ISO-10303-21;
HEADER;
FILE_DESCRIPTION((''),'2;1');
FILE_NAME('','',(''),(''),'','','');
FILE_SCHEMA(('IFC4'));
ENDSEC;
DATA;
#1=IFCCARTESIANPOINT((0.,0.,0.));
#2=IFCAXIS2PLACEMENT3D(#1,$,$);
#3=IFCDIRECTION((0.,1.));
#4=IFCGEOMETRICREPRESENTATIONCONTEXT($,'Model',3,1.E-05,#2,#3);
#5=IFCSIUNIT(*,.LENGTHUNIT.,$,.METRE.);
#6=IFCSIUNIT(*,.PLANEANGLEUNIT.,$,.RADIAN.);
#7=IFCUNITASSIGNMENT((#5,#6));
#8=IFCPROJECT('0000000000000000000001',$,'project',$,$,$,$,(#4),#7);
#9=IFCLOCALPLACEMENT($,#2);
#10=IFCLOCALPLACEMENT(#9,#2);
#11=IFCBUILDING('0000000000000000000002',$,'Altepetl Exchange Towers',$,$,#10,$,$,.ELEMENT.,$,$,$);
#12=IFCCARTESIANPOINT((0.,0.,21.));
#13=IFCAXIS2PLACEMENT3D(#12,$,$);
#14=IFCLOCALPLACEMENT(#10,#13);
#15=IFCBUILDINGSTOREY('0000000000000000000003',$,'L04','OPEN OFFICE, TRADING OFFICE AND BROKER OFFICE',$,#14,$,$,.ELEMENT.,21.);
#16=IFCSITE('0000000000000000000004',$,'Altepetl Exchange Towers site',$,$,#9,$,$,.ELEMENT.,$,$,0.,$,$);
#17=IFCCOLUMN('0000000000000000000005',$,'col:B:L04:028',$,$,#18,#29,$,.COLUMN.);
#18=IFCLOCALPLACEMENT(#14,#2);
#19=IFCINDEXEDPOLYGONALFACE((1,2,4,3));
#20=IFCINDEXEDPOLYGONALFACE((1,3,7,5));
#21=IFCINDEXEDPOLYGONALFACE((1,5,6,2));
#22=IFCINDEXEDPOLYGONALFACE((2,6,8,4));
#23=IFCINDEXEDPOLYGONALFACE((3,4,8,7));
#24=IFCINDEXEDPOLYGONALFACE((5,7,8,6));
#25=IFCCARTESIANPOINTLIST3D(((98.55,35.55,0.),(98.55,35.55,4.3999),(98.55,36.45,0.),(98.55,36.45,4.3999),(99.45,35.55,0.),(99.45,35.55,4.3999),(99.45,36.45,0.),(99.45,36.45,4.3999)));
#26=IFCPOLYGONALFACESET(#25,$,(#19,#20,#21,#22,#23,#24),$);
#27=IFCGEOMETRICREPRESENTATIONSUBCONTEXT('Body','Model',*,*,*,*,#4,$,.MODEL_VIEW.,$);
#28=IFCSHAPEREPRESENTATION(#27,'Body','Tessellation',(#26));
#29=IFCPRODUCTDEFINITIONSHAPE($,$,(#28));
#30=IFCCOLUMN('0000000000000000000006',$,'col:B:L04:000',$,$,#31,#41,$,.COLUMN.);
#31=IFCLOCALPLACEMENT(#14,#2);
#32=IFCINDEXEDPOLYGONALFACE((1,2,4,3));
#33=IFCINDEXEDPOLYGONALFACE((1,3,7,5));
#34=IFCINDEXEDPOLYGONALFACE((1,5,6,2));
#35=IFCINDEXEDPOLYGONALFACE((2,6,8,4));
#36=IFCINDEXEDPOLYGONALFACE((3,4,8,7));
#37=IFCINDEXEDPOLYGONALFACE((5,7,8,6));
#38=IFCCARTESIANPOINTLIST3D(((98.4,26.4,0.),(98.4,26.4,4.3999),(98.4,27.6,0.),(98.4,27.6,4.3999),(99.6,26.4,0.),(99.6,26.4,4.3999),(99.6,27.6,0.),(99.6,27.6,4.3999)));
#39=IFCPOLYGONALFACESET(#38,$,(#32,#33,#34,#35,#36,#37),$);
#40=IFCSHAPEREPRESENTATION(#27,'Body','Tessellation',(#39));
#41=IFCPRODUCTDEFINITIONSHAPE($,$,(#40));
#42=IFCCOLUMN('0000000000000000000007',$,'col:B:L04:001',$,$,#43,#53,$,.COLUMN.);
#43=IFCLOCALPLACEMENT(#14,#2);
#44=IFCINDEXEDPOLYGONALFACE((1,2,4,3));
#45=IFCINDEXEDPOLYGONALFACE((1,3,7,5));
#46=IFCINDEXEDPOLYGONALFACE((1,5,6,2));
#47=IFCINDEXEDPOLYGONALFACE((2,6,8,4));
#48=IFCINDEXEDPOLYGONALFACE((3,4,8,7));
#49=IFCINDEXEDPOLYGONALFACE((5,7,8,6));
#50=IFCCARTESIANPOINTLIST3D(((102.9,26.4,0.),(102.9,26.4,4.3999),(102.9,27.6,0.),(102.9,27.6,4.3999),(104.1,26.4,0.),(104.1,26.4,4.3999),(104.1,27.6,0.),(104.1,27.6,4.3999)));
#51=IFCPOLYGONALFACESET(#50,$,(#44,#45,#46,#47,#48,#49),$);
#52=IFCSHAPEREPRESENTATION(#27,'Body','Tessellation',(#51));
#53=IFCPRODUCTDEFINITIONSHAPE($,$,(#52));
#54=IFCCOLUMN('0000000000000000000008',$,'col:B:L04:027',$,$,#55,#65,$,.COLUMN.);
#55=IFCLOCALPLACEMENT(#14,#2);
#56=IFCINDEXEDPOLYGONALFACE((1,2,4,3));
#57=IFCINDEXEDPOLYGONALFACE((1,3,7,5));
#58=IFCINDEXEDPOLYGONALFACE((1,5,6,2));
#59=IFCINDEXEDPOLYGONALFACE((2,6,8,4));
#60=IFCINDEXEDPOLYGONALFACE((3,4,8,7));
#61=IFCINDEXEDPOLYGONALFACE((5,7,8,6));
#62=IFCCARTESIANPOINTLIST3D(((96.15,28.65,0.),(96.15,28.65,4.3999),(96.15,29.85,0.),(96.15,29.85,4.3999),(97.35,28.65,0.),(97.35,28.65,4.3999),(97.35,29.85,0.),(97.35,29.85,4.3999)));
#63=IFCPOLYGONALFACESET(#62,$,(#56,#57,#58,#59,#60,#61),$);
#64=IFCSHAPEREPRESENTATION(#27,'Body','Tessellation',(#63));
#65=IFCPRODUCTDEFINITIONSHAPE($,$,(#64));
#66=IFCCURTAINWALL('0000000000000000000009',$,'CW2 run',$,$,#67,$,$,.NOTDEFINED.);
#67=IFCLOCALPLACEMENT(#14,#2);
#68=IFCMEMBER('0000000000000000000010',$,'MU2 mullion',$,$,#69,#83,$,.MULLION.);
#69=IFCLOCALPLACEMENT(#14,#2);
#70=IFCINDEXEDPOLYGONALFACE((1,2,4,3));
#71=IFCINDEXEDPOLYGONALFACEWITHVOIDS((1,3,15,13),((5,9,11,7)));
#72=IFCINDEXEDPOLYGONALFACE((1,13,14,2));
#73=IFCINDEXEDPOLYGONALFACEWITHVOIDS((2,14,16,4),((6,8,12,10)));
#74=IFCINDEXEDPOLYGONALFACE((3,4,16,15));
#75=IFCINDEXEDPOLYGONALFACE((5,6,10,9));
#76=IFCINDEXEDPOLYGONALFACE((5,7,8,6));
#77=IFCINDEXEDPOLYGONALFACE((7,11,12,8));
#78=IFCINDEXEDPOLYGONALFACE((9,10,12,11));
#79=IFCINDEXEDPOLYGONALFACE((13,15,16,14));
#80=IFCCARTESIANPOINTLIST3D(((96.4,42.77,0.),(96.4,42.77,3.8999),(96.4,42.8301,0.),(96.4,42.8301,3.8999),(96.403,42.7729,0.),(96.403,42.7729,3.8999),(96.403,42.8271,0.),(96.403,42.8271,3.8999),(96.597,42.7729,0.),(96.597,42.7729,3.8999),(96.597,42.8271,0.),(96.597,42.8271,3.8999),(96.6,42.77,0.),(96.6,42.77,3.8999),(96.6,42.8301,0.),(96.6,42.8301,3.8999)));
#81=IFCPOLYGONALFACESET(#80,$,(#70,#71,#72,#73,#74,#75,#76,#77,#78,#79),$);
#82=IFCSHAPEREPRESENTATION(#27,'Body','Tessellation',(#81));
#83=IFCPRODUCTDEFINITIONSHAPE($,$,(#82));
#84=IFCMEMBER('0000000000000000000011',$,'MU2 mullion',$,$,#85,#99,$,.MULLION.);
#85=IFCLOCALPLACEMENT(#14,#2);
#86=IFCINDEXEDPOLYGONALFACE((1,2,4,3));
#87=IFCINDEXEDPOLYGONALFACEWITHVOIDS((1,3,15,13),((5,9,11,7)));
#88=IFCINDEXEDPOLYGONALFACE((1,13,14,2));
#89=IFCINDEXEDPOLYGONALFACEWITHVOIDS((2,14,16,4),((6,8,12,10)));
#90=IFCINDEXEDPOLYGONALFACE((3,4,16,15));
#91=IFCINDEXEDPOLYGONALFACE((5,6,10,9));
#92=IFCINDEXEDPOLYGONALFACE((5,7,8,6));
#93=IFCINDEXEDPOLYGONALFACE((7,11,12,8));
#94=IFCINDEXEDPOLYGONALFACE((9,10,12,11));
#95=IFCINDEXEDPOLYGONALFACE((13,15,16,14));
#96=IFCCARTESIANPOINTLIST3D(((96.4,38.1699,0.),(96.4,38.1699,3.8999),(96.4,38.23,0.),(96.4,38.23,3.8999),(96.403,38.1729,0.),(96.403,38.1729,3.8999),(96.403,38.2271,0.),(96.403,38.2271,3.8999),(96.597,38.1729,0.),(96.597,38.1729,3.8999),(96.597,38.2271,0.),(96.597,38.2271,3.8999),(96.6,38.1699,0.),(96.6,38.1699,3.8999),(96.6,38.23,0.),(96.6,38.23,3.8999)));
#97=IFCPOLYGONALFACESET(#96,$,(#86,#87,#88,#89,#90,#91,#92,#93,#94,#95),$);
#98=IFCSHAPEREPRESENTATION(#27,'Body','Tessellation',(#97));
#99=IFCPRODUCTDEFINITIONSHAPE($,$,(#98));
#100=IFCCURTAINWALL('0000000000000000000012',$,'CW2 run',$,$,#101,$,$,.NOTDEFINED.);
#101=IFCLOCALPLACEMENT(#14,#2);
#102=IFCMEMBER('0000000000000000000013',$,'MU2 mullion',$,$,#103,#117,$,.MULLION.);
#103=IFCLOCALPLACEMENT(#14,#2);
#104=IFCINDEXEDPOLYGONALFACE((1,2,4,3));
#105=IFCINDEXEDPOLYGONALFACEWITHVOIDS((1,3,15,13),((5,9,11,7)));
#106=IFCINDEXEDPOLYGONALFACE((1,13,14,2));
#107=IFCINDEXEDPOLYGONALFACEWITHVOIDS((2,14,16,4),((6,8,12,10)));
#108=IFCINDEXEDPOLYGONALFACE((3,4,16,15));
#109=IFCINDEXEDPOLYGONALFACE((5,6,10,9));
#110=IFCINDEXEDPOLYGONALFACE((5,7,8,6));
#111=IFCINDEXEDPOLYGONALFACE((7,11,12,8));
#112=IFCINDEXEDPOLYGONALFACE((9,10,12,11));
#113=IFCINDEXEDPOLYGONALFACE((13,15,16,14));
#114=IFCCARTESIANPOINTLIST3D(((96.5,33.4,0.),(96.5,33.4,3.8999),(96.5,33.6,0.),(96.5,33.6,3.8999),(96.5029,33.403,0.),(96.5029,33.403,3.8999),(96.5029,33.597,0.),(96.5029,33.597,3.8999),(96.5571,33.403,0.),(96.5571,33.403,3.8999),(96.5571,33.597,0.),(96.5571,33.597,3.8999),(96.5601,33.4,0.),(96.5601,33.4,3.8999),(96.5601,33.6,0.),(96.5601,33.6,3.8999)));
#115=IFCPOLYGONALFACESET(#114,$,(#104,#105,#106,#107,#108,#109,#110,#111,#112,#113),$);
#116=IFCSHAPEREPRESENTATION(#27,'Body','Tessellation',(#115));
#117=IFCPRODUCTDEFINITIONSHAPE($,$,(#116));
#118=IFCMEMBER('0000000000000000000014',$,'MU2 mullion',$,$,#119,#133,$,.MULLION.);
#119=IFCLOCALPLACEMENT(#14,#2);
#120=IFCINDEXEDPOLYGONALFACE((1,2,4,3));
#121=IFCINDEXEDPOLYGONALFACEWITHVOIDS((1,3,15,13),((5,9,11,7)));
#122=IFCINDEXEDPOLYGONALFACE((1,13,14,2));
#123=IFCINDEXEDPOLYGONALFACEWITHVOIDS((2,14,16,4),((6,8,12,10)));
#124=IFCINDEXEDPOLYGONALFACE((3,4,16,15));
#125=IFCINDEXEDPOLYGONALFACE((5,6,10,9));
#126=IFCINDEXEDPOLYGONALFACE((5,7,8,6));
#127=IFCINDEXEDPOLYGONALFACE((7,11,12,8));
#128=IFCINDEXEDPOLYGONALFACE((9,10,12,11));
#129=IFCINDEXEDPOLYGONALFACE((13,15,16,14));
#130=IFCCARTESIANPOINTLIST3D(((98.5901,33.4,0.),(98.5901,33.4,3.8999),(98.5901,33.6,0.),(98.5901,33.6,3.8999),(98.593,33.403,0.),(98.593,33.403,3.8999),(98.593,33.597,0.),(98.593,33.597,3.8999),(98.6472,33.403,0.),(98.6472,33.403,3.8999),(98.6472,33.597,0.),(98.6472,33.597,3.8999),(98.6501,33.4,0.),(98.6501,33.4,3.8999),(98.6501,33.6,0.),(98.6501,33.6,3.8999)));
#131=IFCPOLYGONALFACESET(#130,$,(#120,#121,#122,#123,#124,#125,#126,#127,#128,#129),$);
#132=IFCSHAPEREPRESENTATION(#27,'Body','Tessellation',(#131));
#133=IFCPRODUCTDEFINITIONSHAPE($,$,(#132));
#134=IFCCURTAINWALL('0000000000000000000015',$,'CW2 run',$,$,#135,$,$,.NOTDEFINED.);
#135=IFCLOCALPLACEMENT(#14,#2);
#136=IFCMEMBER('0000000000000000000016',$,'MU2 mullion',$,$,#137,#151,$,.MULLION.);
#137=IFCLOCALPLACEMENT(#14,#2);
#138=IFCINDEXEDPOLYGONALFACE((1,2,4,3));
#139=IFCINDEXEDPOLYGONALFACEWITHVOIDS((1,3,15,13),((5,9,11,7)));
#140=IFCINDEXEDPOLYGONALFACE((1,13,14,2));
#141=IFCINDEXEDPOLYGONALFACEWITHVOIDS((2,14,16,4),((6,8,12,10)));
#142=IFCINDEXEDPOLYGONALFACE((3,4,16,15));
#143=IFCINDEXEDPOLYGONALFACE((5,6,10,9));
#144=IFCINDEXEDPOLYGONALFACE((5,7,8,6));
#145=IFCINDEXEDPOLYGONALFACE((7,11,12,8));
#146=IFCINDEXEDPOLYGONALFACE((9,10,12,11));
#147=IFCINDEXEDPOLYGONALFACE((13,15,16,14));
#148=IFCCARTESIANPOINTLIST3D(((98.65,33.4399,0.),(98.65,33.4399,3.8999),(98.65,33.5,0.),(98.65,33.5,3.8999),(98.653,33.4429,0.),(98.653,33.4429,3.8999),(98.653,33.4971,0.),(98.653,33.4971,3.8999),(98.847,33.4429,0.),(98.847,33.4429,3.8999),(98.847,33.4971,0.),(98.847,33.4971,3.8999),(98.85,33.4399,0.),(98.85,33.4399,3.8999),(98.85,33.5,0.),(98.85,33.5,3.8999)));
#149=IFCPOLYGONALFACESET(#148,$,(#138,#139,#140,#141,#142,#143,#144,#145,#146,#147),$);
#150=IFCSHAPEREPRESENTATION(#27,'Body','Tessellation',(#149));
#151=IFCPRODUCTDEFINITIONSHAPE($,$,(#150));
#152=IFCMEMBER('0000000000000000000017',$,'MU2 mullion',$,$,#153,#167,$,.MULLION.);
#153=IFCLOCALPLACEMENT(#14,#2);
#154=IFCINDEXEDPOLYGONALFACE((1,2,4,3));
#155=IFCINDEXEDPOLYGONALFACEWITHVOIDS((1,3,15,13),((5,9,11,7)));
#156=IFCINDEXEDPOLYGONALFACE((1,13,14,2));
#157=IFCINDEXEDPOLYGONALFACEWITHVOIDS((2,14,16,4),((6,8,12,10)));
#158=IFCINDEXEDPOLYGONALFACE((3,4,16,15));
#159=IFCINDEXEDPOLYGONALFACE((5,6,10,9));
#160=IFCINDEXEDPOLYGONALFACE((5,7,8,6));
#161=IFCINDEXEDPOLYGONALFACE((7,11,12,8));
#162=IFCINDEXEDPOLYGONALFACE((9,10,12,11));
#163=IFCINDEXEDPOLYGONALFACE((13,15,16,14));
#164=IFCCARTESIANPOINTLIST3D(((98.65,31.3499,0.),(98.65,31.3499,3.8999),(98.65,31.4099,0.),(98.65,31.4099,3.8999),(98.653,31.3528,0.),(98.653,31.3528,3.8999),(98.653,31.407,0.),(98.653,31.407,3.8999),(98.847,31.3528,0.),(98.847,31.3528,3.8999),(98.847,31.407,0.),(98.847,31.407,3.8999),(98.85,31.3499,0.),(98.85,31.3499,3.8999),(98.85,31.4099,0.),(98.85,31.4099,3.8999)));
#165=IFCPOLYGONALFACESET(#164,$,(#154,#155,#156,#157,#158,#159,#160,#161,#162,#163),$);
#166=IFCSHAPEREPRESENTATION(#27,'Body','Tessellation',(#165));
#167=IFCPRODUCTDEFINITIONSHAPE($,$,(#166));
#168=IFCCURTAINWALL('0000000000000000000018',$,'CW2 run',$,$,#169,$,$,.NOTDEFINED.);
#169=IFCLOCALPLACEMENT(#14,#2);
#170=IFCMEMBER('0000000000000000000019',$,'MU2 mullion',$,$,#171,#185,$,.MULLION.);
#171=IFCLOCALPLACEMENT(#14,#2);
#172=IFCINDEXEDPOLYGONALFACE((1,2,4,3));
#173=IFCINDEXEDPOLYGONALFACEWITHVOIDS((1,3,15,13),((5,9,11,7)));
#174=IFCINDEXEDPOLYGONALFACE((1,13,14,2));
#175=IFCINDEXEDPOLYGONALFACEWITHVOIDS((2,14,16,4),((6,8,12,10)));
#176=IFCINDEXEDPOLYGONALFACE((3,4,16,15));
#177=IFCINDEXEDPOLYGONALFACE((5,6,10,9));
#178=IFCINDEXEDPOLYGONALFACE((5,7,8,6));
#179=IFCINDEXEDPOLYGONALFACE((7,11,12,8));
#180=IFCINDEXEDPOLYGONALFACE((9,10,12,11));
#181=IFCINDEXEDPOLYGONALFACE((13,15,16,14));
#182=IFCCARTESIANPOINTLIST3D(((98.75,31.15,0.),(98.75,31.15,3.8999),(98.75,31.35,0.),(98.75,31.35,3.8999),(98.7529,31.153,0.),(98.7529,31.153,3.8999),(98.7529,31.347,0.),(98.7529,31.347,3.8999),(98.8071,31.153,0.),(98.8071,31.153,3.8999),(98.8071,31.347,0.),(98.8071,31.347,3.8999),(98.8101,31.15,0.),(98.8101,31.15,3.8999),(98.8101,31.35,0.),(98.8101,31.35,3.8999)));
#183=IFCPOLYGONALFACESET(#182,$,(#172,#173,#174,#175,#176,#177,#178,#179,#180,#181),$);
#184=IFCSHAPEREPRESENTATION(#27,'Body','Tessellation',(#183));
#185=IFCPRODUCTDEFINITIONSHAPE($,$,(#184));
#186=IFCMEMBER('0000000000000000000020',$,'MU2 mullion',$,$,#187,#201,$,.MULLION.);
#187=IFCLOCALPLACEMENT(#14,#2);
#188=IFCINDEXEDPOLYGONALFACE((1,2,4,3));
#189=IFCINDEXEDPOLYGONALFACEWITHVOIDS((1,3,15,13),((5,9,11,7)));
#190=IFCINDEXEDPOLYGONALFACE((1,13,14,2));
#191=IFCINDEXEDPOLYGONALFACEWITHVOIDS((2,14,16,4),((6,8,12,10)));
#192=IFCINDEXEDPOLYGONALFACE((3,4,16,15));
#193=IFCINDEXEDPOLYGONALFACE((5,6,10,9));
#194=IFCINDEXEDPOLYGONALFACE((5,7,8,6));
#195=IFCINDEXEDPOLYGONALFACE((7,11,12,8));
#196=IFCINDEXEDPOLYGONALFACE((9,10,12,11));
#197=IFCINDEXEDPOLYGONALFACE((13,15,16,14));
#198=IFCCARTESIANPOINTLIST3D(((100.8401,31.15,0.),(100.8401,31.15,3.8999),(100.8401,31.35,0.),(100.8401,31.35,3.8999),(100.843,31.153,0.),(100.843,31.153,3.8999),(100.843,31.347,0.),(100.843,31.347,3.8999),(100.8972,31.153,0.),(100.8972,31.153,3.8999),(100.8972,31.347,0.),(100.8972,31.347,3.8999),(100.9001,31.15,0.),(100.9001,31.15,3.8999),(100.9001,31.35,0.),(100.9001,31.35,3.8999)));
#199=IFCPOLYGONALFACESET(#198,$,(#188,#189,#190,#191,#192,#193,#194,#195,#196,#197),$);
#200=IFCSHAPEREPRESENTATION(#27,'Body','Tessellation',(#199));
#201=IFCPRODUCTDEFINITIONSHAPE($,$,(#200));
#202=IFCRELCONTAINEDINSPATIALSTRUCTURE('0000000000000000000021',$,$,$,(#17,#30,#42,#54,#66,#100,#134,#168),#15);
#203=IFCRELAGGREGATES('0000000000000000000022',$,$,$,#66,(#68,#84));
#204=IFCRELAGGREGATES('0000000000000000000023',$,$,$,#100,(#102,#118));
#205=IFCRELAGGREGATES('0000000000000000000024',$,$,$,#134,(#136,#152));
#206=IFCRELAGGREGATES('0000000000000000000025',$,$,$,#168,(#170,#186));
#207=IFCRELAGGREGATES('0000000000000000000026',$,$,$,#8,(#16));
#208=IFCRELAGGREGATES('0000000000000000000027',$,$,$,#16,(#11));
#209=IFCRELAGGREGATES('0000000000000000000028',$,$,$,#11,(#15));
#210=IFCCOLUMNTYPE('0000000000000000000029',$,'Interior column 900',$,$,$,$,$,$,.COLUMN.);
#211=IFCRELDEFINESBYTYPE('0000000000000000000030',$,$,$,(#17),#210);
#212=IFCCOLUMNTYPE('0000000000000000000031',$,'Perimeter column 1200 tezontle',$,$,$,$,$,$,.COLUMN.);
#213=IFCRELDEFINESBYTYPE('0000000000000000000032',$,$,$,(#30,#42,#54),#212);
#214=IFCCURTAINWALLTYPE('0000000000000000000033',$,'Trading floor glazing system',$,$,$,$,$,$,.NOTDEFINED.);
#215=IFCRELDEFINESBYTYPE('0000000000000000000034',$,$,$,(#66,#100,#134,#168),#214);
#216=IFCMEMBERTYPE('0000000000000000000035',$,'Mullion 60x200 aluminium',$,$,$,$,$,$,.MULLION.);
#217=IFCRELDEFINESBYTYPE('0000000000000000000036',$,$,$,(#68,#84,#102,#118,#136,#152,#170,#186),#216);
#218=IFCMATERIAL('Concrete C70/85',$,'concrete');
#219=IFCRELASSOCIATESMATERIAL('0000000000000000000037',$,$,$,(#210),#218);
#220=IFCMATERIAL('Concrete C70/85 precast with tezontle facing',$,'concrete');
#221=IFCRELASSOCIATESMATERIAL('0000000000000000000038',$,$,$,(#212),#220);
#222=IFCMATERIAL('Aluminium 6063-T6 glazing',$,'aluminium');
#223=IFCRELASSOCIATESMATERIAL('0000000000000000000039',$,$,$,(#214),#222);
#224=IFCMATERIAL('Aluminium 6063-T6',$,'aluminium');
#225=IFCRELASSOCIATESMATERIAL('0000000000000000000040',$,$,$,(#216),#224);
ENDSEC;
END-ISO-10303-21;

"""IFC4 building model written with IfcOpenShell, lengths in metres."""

from ifc_helpers import new_model, si_unit, direction, frame, origin, origin_2d, place, context, subcontext, project, spatial, rectangle, hollow_rectangle, extrude, material, material_profile, profile_set, type_object, element, aggregate, save


model = new_model("IFC4")

# Units and contexts
model_context = context("Model", 3, precision=1e-05, world=origin(), true_north=direction((0.0, 1.0)))
body_context = subcontext(model_context, "Body", "Model", "MODEL_VIEW")
ifc_project = project(units=[si_unit("LENGTHUNIT", "METRE"), si_unit("PLANEANGLEUNIT", "RADIAN")], contexts=[model_context])

# Site, building, storey
site_placement = place(None, origin())
site = spatial("IfcSite", under=ifc_project, at=site_placement, Name="Altepetl Exchange Towers site", CompositionType="ELEMENT", RefElevation=0.0)
building_placement = place(site_placement, origin())
building = spatial("IfcBuilding", under=site, at=building_placement, Name="Altepetl Exchange Towers", CompositionType="ELEMENT")
storey_placement = place(building_placement, frame((0.0, 0.0, 21.0)))
storey = spatial("IfcBuildingStorey", under=building, at=storey_placement, Name="L04", Description="OPEN OFFICE, TRADING OFFICE AND BROKER OFFICE", CompositionType="ELEMENT", Elevation=21.0)

# Columns
ifc_material_1 = material(Name="Concrete C70/85", Category="concrete")
ifc_material_profile_1 = material_profile(ifc_material_1, rectangle(XDim=0.8999, YDim=0.8999, at=origin_2d()), Name="900 x 900")
ifc_profile_set_1 = profile_set([ifc_material_profile_1], Name="Concrete C70/85")
column_type_1 = type_object("IfcColumnType", Name="Interior column 900", PredefinedType="COLUMN", material=ifc_profile_set_1)
column_placement = place(storey_placement, frame((99.0, 36.0, 0.0)))
element("IfcColumn", 1, at=column_placement, inside=storey, type_object=column_type_1, Name="col:B:L04:028", PredefinedType="COLUMN", context=body_context, shape_type="SweptSolid", body=[
    extrude(rectangle(XDim=0.8999, YDim=0.8999, at=origin_2d()), origin(), (0.0, 0.0, 1.0), 4.3999),
])
ifc_material_2 = material(Name="Concrete C70/85 precast with tezontle facing", Category="concrete")
ifc_material_profile_2 = material_profile(ifc_material_2, rectangle(XDim=1.2, YDim=1.2, at=origin_2d()), Name="1200 x 1200")
ifc_profile_set_2 = profile_set([ifc_material_profile_2], Name="Concrete C70/85 precast with tezontle facing")
column_type_2 = type_object("IfcColumnType", Name="Perimeter column 1200 tezontle", PredefinedType="COLUMN", material=ifc_profile_set_2)
for number, where, name in (
    (2, (99.0, 27.0, 0.0), "col:B:L04:000"),
    (3, (103.5, 27.0, 0.0), "col:B:L04:001"),
    (4, (96.75, 29.25, 0.0), "col:B:L04:027"),
):
    element("IfcColumn", number, at=place(storey_placement, frame(where)), inside=storey, type_object=column_type_2, Name=name, PredefinedType="COLUMN", context=body_context, shape_type="SweptSolid", body=[
        extrude(rectangle(XDim=1.2, YDim=1.2, at=origin_2d()), origin(), (0.0, 0.0, 1.0), 4.3999),
    ])

# Curtain walls, members
ifc_material_3 = material(Name="Aluminium 6063-T6 glazing", Category="aluminium")
curtain_wall_type = type_object("IfcCurtainWallType", Name="Trading floor glazing system", PredefinedType="NOTDEFINED", material=ifc_material_3)
curtain_wall_1_placement = place(storey_placement, origin())
curtain_wall_1 = element("IfcCurtainWall", 5, at=curtain_wall_1_placement, inside=storey, type_object=curtain_wall_type, Name="CW2 run", PredefinedType="NOTDEFINED")
ifc_material_4 = material(Name="Aluminium 6063-T6", Category="aluminium")
ifc_material_profile_3 = material_profile(ifc_material_4, hollow_rectangle(XDim=0.0601, YDim=0.2, WallThickness=0.0029, at=origin_2d()), Name="Mullion 60x200 aluminium")
ifc_profile_set_3 = profile_set([ifc_material_profile_3], Name="Aluminium 6063-T6")
member_type = type_object("IfcMemberType", Name="Mullion 60x200 aluminium", PredefinedType="MULLION", material=ifc_profile_set_3)
member_1_placement = place(storey_placement, frame((96.5, 42.8, 0.0), z_axis=(0.0, 0.0, 1.0), x_axis=(0.0, -1.0, 0.0)))
member_1 = element("IfcMember", 6, at=member_1_placement, type_object=member_type, Name="MU2 mullion", PredefinedType="MULLION", context=body_context, shape_type="SweptSolid", body=[
    extrude(hollow_rectangle(XDim=0.0601, YDim=0.2, WallThickness=0.0029, at=origin_2d()), origin(), (0.0, 0.0, 1.0), 3.8999),
])
member_2_placement = place(storey_placement, frame((96.5, 38.2, 0.0), z_axis=(0.0, 0.0, 1.0), x_axis=(0.0, -1.0, 0.0)))
member_2 = element("IfcMember", 7, at=member_2_placement, type_object=member_type, Name="MU2 mullion", PredefinedType="MULLION", context=body_context, shape_type="SweptSolid", body=[
    extrude(hollow_rectangle(XDim=0.0601, YDim=0.2, WallThickness=0.0029, at=origin_2d()), origin(), (0.0, 0.0, 1.0), 3.8999),
])
curtain_wall_2_placement = place(storey_placement, origin())
curtain_wall_2 = element("IfcCurtainWall", 8, at=curtain_wall_2_placement, inside=storey, type_object=curtain_wall_type, Name="CW2 run", PredefinedType="NOTDEFINED")
member_3_placement = place(storey_placement, frame((96.53, 33.5, 0.0)))
member_3 = element("IfcMember", 9, at=member_3_placement, type_object=member_type, Name="MU2 mullion", PredefinedType="MULLION", context=body_context, shape_type="SweptSolid", body=[
    extrude(hollow_rectangle(XDim=0.0601, YDim=0.2, WallThickness=0.0029, at=origin_2d()), origin(), (0.0, 0.0, 1.0), 3.8999),
])
member_4_placement = place(storey_placement, frame((98.6201, 33.5, 0.0)))
member_4 = element("IfcMember", 10, at=member_4_placement, type_object=member_type, Name="MU2 mullion", PredefinedType="MULLION", context=body_context, shape_type="SweptSolid", body=[
    extrude(hollow_rectangle(XDim=0.0601, YDim=0.2, WallThickness=0.0029, at=origin_2d()), origin(), (0.0, 0.0, 1.0), 3.8999),
])
curtain_wall_3_placement = place(storey_placement, origin())
curtain_wall_3 = element("IfcCurtainWall", 11, at=curtain_wall_3_placement, inside=storey, type_object=curtain_wall_type, Name="CW2 run", PredefinedType="NOTDEFINED")
member_5_placement = place(storey_placement, frame((98.75, 33.47, 0.0), z_axis=(0.0, 0.0, 1.0), x_axis=(0.0, -1.0, 0.0)))
member_5 = element("IfcMember", 12, at=member_5_placement, type_object=member_type, Name="MU2 mullion", PredefinedType="MULLION", context=body_context, shape_type="SweptSolid", body=[
    extrude(hollow_rectangle(XDim=0.0601, YDim=0.2, WallThickness=0.0029, at=origin_2d()), origin(), (0.0, 0.0, 1.0), 3.8999),
])
member_6_placement = place(storey_placement, frame((98.75, 31.3799, 0.0), z_axis=(0.0, 0.0, 1.0), x_axis=(0.0, -1.0, 0.0)))
member_6 = element("IfcMember", 13, at=member_6_placement, type_object=member_type, Name="MU2 mullion", PredefinedType="MULLION", context=body_context, shape_type="SweptSolid", body=[
    extrude(hollow_rectangle(XDim=0.0601, YDim=0.2, WallThickness=0.0029, at=origin_2d()), origin(), (0.0, 0.0, 1.0), 3.8999),
])
curtain_wall_4_placement = place(storey_placement, origin())
curtain_wall_4 = element("IfcCurtainWall", 14, at=curtain_wall_4_placement, inside=storey, type_object=curtain_wall_type, Name="CW2 run", PredefinedType="NOTDEFINED")
member_7_placement = place(storey_placement, frame((98.78, 31.25, 0.0)))
member_7 = element("IfcMember", 15, at=member_7_placement, type_object=member_type, Name="MU2 mullion", PredefinedType="MULLION", context=body_context, shape_type="SweptSolid", body=[
    extrude(hollow_rectangle(XDim=0.0601, YDim=0.2, WallThickness=0.0029, at=origin_2d()), origin(), (0.0, 0.0, 1.0), 3.8999),
])
member_8_placement = place(storey_placement, frame((100.8701, 31.25, 0.0)))
member_8 = element("IfcMember", 16, at=member_8_placement, type_object=member_type, Name="MU2 mullion", PredefinedType="MULLION", context=body_context, shape_type="SweptSolid", body=[
    extrude(hollow_rectangle(XDim=0.0601, YDim=0.2, WallThickness=0.0029, at=origin_2d()), origin(), (0.0, 0.0, 1.0), 3.8999),
])

aggregate(curtain_wall_1, [member_1, member_2])
aggregate(curtain_wall_2, [member_3, member_4])
aggregate(curtain_wall_3, [member_5, member_6])
aggregate(curtain_wall_4, [member_7, member_8])

save(model, "model.ifc")
